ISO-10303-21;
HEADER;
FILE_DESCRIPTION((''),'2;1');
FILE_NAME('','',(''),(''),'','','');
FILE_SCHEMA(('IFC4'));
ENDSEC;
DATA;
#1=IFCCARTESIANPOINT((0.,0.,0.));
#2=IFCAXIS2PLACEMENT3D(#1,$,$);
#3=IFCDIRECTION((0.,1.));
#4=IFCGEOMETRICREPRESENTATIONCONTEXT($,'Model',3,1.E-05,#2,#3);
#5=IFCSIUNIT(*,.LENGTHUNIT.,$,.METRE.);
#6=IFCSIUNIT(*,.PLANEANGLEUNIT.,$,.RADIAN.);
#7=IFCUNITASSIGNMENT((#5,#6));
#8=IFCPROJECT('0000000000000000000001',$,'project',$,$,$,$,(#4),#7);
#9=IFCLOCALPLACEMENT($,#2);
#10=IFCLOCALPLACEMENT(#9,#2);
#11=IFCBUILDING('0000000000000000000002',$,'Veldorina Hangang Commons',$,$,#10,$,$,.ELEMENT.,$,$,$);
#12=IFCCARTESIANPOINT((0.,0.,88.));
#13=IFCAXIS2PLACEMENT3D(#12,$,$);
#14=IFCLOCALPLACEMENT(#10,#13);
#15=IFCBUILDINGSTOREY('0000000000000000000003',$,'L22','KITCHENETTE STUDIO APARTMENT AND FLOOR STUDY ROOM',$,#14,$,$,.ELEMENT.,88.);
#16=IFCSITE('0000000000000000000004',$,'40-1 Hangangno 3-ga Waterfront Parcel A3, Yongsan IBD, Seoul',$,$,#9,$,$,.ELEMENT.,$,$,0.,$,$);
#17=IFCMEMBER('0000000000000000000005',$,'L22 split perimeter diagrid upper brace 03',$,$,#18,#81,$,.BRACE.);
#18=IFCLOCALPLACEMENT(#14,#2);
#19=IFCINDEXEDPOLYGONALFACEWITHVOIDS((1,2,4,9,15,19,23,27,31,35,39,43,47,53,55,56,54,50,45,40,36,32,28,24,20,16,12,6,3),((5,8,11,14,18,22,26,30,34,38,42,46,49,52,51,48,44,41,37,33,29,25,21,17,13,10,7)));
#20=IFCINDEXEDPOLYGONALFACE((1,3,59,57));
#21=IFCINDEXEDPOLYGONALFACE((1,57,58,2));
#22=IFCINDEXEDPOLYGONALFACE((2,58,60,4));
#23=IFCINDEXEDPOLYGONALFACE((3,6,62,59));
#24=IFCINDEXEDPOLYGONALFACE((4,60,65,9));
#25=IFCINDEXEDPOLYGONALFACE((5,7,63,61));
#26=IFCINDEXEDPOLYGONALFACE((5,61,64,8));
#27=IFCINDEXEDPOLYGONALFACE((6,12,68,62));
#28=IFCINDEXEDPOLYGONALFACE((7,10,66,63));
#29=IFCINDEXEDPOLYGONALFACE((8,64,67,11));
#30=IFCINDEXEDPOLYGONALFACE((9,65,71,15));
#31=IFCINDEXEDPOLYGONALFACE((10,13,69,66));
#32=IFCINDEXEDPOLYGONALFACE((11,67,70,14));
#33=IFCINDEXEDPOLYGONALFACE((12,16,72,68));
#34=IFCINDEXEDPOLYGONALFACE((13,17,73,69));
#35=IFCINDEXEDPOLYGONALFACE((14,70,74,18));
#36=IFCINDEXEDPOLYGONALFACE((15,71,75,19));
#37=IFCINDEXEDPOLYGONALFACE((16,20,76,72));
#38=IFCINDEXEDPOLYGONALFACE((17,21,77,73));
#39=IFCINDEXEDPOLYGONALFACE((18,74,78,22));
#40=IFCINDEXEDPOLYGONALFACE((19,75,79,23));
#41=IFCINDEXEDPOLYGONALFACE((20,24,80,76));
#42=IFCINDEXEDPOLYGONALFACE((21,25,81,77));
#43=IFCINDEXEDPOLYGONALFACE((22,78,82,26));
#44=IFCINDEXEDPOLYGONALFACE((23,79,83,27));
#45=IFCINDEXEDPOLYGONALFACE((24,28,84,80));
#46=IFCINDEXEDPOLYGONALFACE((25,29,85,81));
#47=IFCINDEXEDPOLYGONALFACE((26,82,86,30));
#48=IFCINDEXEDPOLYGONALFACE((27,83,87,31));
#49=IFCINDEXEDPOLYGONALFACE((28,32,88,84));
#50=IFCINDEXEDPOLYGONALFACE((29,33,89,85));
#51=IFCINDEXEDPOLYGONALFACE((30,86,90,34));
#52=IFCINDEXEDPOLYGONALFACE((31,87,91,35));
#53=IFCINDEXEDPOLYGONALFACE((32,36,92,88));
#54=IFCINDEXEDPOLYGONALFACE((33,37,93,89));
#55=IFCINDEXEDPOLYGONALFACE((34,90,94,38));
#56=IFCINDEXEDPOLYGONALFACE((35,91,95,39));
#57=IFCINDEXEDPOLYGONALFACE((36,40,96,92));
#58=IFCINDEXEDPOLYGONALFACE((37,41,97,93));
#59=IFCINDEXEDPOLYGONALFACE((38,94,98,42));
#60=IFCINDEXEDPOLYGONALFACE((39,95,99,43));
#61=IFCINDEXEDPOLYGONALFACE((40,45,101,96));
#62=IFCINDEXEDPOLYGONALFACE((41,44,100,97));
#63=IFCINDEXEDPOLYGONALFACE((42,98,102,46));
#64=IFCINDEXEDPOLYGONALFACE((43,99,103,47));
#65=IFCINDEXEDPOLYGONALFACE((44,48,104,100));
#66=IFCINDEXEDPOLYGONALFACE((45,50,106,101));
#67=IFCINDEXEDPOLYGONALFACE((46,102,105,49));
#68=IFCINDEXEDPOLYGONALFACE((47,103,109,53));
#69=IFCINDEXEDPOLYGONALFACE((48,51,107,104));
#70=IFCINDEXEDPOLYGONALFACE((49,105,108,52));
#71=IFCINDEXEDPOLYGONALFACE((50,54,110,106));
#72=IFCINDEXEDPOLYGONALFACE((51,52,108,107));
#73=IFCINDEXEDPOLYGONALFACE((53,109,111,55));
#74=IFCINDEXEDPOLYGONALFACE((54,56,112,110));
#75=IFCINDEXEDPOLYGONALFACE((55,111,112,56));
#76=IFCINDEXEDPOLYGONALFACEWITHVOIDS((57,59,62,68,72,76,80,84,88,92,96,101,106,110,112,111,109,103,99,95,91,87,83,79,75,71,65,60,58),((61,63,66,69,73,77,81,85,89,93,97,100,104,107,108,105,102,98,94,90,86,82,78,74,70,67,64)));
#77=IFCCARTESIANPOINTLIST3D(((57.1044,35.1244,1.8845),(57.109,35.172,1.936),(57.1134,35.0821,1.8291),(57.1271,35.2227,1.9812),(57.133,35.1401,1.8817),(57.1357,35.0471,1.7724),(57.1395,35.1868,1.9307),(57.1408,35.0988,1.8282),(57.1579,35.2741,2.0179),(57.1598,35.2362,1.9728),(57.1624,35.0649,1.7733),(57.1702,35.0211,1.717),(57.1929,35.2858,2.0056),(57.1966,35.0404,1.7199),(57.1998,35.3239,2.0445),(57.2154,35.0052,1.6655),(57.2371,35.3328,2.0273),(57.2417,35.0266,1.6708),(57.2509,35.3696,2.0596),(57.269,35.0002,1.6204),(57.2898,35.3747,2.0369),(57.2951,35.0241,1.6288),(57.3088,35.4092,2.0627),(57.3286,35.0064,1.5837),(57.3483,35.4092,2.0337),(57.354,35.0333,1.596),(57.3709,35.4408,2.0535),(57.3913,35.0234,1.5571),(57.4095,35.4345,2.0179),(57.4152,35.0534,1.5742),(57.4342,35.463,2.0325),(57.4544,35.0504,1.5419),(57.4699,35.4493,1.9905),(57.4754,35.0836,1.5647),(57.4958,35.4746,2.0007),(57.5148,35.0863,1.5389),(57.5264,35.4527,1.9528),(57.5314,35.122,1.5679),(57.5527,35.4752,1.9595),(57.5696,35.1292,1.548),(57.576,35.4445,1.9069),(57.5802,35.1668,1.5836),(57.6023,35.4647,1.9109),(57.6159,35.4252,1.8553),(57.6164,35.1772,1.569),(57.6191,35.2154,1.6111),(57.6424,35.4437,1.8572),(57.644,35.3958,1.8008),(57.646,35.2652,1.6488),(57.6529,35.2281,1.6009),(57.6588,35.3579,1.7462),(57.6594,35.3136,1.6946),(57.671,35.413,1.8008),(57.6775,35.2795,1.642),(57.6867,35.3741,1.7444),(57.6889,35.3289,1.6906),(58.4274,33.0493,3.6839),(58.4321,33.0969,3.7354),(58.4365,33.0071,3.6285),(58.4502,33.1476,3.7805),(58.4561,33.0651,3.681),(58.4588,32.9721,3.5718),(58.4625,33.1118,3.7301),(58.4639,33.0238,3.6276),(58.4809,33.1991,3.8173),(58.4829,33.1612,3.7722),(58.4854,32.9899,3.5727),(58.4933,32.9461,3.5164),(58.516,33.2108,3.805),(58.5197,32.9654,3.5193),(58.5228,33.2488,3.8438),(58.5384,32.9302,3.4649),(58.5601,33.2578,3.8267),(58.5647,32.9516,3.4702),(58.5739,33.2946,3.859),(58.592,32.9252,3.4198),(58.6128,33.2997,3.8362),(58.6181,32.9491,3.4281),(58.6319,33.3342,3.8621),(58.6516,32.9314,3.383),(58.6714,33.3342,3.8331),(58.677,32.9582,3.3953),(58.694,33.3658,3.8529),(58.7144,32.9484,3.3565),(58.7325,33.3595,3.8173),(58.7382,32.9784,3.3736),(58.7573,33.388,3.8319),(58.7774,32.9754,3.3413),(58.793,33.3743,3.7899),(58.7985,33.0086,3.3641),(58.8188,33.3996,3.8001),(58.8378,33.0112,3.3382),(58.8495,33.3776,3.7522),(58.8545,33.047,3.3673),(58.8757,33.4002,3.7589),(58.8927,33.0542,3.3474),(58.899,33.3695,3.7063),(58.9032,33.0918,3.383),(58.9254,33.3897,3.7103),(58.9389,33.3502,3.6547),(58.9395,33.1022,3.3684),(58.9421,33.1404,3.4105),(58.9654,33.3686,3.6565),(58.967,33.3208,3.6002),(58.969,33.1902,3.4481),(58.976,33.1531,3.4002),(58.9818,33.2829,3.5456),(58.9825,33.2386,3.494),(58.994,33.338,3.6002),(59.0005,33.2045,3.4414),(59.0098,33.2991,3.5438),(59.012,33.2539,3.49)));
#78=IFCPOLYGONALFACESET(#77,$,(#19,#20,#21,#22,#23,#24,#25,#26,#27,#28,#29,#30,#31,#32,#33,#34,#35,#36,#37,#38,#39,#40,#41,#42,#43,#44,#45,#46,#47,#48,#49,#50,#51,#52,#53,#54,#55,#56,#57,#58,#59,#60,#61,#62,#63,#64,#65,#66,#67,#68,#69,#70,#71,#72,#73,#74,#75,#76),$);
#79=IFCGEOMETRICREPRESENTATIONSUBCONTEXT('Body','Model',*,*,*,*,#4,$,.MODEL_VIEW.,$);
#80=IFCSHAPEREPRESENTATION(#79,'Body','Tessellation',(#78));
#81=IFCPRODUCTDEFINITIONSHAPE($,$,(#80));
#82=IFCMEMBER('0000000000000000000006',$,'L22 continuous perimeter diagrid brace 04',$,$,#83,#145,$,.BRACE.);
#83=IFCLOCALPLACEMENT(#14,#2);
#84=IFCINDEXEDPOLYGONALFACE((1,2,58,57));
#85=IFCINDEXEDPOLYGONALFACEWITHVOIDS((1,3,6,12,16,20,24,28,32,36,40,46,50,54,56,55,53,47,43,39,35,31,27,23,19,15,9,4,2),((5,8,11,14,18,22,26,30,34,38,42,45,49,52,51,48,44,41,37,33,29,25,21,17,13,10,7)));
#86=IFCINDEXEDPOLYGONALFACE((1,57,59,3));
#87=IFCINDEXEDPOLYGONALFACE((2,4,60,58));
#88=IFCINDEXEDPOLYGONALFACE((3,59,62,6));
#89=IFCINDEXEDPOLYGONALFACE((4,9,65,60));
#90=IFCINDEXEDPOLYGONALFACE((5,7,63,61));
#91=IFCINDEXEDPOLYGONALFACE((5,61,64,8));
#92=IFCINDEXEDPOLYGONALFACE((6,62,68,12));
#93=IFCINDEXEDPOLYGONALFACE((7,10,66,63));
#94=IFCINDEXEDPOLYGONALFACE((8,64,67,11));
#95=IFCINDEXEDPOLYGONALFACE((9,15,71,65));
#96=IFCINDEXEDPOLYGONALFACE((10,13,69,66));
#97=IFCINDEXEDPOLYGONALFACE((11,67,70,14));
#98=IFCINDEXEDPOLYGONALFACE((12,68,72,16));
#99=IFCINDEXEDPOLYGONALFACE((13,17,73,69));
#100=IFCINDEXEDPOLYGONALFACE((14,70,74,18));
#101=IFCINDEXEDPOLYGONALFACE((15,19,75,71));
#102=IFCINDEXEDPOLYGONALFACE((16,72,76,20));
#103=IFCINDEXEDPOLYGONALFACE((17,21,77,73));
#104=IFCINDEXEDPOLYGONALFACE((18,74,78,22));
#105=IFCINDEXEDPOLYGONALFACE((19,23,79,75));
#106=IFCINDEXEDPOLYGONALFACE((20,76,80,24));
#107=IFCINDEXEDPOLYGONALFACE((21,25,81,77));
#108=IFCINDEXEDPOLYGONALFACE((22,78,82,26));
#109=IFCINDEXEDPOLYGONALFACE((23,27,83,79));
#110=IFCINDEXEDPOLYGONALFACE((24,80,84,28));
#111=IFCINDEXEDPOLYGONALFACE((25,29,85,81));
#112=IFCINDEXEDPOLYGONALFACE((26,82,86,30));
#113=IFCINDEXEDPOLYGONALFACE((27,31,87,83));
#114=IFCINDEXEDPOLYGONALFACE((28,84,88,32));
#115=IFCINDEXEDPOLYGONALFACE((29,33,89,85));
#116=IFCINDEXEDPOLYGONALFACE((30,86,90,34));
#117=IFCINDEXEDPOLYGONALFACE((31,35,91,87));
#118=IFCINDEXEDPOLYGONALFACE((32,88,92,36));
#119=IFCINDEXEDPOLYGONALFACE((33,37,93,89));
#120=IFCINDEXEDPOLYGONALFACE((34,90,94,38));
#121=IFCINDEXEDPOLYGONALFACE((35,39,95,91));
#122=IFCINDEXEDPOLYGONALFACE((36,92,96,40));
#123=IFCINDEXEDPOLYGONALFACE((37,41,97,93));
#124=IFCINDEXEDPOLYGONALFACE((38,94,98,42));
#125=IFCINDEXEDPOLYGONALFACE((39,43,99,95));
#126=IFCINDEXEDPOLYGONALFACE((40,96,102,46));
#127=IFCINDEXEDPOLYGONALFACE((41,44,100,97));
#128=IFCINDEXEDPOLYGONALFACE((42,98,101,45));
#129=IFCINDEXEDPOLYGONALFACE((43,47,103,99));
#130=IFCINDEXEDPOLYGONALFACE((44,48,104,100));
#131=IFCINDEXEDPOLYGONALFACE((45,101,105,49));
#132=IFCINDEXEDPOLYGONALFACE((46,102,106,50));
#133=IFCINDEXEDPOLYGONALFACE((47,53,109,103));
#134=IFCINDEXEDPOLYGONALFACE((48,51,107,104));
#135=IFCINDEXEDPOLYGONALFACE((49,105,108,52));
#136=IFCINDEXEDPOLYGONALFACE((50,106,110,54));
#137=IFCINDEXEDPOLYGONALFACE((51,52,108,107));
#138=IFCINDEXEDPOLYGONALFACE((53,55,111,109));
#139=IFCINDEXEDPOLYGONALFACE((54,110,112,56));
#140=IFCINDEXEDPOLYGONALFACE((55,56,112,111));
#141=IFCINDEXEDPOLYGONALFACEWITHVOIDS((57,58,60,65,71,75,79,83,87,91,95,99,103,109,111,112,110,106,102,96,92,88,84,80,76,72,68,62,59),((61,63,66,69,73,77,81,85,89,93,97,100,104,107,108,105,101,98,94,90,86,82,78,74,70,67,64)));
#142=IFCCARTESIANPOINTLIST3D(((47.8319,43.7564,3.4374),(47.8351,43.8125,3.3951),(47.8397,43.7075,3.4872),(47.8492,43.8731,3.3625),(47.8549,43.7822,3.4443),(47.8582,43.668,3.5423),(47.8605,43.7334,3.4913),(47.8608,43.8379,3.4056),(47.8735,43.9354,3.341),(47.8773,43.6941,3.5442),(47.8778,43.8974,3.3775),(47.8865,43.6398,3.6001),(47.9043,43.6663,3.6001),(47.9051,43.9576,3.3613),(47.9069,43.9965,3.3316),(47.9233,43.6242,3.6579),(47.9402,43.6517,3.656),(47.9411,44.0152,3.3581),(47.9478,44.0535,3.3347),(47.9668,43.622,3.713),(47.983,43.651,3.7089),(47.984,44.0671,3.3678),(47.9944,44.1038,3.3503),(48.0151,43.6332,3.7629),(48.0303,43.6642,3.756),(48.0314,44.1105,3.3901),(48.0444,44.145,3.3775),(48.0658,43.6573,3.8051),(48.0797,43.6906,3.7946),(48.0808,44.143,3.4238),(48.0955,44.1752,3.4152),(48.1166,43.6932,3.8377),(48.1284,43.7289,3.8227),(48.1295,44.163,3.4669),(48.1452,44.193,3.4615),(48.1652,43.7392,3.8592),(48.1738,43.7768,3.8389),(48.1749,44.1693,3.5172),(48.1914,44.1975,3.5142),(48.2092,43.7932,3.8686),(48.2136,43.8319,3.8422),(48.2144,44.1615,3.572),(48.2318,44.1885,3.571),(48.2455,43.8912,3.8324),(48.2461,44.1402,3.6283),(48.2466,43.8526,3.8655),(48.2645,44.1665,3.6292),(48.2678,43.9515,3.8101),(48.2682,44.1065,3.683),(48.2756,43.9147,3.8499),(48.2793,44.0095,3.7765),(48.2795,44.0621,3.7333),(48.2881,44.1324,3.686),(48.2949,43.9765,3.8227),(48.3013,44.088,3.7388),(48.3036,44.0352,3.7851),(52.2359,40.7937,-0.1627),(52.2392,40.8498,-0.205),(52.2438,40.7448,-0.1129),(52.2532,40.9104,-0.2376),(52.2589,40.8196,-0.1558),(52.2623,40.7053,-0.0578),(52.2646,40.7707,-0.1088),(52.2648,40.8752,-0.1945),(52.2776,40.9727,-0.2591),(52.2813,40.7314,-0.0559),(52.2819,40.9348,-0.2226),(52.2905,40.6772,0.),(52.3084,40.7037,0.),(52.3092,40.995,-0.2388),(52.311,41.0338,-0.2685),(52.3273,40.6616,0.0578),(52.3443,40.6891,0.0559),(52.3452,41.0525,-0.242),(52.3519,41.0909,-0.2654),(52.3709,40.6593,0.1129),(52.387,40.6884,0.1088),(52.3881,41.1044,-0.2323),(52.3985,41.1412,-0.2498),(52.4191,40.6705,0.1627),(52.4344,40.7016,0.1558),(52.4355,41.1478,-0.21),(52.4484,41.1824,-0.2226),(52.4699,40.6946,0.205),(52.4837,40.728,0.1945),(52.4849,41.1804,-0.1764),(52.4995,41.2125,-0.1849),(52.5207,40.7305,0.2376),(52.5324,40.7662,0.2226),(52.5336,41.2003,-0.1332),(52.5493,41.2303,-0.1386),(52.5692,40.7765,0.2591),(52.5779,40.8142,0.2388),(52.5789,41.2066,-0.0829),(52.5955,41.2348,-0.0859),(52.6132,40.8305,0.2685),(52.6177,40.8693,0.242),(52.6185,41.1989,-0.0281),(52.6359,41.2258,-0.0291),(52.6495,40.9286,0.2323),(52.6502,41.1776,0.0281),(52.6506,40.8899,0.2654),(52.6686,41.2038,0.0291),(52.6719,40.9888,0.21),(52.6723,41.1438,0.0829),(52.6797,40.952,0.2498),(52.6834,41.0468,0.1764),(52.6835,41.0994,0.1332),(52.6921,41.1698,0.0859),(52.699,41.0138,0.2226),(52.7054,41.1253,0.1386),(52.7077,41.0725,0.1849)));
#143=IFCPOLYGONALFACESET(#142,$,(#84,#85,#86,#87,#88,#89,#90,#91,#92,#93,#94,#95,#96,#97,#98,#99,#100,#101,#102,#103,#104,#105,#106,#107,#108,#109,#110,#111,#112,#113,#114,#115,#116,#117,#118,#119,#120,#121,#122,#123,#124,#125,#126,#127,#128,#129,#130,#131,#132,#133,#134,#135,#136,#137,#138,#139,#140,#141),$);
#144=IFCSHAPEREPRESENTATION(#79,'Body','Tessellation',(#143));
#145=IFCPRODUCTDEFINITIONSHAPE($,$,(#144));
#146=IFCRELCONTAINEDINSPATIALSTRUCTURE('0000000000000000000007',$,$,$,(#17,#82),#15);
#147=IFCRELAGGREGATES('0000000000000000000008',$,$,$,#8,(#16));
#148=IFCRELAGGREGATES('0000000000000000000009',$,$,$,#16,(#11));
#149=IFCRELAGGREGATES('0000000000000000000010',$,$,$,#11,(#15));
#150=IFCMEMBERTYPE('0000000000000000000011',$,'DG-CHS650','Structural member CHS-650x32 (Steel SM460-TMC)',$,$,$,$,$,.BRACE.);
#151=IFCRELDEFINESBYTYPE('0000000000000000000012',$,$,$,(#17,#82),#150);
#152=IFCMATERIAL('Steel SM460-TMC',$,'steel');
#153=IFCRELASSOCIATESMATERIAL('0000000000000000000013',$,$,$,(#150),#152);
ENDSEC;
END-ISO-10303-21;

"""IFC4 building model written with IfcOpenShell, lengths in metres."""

from ifc_helpers import new_model, si_unit, direction, frame, origin, origin_2d, place, context, subcontext, project, spatial, hollow_circle, extrude, material, material_profile, profile_set, type_object, element, save


model = new_model("IFC4")

# Units and contexts
model_context = context("Model", 3, precision=1e-05, world=origin(), true_north=direction((0.0, 1.0)))
body_context = subcontext(model_context, "Body", "Model", "MODEL_VIEW")
ifc_project = project(units=[si_unit("LENGTHUNIT", "METRE"), si_unit("PLANEANGLEUNIT", "RADIAN")], contexts=[model_context])

# Site, building, storey
site_placement = place(None, origin())
site = spatial("IfcSite", under=ifc_project, at=site_placement, Name="40-1 Hangangno 3-ga Waterfront Parcel A3, Yongsan IBD, Seoul", CompositionType="ELEMENT", RefElevation=0.0)
building_placement = place(site_placement, origin())
building = spatial("IfcBuilding", under=site, at=building_placement, Name="Veldorina Hangang Commons", CompositionType="ELEMENT")
storey_placement = place(building_placement, frame((0.0, 0.0, 88.0)))
storey = spatial("IfcBuildingStorey", under=building, at=storey_placement, Name="L22", Description="KITCHENETTE STUDIO APARTMENT AND FLOOR STUDY ROOM", CompositionType="ELEMENT", Elevation=88.0)

# Members
ifc_material_1 = material(Name="Steel SM460-TMC", Category="steel")
ifc_material_profile_1 = material_profile(ifc_material_1, hollow_circle(Radius=0.325, WallThickness=0.032, at=origin_2d()), Name="CHS-650x32")
ifc_profile_set_1 = profile_set([ifc_material_profile_1], Name="Steel SM460-TMC")
member_type = type_object("IfcMemberType", Name="DG-CHS650", Description="Structural member CHS-650x32 (Steel SM460-TMC)", PredefinedType="BRACE", material=ifc_profile_set_1)
member_1_placement = place(storey_placement, frame((57.397, 35.2383, 1.8008), z_axis=(0.433985, -0.680649, 0.590232), x_axis=(0.843187, 0.53762, 0.0)))
element("IfcMember", 1, at=member_1_placement, inside=storey, type_object=member_type, Name="L22 split perimeter diagrid upper brace 03", PredefinedType="BRACE", context=body_context, shape_type="SweptSolid", body=[
    extrude(hollow_circle(Radius=0.325, WallThickness=0.032, at=origin_2d()), origin(), (0.0, 0.0, 1.0), 3.0486),
])
member_2_placement = place(storey_placement, frame((52.4719, 40.9468, 0.0), z_axis=(-0.686679, 0.461935, 0.561327), x_axis=(-0.558166, -0.829729, 0.0)))
element("IfcMember", 2, at=member_2_placement, inside=storey, type_object=member_type, Name="L22 continuous perimeter diagrid brace 04", PredefinedType="BRACE", context=body_context, shape_type="SweptSolid", body=[
    extrude(hollow_circle(Radius=0.325, WallThickness=0.032, at=origin_2d()), origin(), (0.0, 0.0, 1.0), 6.4136),
])

save(model, "model.ifc")
